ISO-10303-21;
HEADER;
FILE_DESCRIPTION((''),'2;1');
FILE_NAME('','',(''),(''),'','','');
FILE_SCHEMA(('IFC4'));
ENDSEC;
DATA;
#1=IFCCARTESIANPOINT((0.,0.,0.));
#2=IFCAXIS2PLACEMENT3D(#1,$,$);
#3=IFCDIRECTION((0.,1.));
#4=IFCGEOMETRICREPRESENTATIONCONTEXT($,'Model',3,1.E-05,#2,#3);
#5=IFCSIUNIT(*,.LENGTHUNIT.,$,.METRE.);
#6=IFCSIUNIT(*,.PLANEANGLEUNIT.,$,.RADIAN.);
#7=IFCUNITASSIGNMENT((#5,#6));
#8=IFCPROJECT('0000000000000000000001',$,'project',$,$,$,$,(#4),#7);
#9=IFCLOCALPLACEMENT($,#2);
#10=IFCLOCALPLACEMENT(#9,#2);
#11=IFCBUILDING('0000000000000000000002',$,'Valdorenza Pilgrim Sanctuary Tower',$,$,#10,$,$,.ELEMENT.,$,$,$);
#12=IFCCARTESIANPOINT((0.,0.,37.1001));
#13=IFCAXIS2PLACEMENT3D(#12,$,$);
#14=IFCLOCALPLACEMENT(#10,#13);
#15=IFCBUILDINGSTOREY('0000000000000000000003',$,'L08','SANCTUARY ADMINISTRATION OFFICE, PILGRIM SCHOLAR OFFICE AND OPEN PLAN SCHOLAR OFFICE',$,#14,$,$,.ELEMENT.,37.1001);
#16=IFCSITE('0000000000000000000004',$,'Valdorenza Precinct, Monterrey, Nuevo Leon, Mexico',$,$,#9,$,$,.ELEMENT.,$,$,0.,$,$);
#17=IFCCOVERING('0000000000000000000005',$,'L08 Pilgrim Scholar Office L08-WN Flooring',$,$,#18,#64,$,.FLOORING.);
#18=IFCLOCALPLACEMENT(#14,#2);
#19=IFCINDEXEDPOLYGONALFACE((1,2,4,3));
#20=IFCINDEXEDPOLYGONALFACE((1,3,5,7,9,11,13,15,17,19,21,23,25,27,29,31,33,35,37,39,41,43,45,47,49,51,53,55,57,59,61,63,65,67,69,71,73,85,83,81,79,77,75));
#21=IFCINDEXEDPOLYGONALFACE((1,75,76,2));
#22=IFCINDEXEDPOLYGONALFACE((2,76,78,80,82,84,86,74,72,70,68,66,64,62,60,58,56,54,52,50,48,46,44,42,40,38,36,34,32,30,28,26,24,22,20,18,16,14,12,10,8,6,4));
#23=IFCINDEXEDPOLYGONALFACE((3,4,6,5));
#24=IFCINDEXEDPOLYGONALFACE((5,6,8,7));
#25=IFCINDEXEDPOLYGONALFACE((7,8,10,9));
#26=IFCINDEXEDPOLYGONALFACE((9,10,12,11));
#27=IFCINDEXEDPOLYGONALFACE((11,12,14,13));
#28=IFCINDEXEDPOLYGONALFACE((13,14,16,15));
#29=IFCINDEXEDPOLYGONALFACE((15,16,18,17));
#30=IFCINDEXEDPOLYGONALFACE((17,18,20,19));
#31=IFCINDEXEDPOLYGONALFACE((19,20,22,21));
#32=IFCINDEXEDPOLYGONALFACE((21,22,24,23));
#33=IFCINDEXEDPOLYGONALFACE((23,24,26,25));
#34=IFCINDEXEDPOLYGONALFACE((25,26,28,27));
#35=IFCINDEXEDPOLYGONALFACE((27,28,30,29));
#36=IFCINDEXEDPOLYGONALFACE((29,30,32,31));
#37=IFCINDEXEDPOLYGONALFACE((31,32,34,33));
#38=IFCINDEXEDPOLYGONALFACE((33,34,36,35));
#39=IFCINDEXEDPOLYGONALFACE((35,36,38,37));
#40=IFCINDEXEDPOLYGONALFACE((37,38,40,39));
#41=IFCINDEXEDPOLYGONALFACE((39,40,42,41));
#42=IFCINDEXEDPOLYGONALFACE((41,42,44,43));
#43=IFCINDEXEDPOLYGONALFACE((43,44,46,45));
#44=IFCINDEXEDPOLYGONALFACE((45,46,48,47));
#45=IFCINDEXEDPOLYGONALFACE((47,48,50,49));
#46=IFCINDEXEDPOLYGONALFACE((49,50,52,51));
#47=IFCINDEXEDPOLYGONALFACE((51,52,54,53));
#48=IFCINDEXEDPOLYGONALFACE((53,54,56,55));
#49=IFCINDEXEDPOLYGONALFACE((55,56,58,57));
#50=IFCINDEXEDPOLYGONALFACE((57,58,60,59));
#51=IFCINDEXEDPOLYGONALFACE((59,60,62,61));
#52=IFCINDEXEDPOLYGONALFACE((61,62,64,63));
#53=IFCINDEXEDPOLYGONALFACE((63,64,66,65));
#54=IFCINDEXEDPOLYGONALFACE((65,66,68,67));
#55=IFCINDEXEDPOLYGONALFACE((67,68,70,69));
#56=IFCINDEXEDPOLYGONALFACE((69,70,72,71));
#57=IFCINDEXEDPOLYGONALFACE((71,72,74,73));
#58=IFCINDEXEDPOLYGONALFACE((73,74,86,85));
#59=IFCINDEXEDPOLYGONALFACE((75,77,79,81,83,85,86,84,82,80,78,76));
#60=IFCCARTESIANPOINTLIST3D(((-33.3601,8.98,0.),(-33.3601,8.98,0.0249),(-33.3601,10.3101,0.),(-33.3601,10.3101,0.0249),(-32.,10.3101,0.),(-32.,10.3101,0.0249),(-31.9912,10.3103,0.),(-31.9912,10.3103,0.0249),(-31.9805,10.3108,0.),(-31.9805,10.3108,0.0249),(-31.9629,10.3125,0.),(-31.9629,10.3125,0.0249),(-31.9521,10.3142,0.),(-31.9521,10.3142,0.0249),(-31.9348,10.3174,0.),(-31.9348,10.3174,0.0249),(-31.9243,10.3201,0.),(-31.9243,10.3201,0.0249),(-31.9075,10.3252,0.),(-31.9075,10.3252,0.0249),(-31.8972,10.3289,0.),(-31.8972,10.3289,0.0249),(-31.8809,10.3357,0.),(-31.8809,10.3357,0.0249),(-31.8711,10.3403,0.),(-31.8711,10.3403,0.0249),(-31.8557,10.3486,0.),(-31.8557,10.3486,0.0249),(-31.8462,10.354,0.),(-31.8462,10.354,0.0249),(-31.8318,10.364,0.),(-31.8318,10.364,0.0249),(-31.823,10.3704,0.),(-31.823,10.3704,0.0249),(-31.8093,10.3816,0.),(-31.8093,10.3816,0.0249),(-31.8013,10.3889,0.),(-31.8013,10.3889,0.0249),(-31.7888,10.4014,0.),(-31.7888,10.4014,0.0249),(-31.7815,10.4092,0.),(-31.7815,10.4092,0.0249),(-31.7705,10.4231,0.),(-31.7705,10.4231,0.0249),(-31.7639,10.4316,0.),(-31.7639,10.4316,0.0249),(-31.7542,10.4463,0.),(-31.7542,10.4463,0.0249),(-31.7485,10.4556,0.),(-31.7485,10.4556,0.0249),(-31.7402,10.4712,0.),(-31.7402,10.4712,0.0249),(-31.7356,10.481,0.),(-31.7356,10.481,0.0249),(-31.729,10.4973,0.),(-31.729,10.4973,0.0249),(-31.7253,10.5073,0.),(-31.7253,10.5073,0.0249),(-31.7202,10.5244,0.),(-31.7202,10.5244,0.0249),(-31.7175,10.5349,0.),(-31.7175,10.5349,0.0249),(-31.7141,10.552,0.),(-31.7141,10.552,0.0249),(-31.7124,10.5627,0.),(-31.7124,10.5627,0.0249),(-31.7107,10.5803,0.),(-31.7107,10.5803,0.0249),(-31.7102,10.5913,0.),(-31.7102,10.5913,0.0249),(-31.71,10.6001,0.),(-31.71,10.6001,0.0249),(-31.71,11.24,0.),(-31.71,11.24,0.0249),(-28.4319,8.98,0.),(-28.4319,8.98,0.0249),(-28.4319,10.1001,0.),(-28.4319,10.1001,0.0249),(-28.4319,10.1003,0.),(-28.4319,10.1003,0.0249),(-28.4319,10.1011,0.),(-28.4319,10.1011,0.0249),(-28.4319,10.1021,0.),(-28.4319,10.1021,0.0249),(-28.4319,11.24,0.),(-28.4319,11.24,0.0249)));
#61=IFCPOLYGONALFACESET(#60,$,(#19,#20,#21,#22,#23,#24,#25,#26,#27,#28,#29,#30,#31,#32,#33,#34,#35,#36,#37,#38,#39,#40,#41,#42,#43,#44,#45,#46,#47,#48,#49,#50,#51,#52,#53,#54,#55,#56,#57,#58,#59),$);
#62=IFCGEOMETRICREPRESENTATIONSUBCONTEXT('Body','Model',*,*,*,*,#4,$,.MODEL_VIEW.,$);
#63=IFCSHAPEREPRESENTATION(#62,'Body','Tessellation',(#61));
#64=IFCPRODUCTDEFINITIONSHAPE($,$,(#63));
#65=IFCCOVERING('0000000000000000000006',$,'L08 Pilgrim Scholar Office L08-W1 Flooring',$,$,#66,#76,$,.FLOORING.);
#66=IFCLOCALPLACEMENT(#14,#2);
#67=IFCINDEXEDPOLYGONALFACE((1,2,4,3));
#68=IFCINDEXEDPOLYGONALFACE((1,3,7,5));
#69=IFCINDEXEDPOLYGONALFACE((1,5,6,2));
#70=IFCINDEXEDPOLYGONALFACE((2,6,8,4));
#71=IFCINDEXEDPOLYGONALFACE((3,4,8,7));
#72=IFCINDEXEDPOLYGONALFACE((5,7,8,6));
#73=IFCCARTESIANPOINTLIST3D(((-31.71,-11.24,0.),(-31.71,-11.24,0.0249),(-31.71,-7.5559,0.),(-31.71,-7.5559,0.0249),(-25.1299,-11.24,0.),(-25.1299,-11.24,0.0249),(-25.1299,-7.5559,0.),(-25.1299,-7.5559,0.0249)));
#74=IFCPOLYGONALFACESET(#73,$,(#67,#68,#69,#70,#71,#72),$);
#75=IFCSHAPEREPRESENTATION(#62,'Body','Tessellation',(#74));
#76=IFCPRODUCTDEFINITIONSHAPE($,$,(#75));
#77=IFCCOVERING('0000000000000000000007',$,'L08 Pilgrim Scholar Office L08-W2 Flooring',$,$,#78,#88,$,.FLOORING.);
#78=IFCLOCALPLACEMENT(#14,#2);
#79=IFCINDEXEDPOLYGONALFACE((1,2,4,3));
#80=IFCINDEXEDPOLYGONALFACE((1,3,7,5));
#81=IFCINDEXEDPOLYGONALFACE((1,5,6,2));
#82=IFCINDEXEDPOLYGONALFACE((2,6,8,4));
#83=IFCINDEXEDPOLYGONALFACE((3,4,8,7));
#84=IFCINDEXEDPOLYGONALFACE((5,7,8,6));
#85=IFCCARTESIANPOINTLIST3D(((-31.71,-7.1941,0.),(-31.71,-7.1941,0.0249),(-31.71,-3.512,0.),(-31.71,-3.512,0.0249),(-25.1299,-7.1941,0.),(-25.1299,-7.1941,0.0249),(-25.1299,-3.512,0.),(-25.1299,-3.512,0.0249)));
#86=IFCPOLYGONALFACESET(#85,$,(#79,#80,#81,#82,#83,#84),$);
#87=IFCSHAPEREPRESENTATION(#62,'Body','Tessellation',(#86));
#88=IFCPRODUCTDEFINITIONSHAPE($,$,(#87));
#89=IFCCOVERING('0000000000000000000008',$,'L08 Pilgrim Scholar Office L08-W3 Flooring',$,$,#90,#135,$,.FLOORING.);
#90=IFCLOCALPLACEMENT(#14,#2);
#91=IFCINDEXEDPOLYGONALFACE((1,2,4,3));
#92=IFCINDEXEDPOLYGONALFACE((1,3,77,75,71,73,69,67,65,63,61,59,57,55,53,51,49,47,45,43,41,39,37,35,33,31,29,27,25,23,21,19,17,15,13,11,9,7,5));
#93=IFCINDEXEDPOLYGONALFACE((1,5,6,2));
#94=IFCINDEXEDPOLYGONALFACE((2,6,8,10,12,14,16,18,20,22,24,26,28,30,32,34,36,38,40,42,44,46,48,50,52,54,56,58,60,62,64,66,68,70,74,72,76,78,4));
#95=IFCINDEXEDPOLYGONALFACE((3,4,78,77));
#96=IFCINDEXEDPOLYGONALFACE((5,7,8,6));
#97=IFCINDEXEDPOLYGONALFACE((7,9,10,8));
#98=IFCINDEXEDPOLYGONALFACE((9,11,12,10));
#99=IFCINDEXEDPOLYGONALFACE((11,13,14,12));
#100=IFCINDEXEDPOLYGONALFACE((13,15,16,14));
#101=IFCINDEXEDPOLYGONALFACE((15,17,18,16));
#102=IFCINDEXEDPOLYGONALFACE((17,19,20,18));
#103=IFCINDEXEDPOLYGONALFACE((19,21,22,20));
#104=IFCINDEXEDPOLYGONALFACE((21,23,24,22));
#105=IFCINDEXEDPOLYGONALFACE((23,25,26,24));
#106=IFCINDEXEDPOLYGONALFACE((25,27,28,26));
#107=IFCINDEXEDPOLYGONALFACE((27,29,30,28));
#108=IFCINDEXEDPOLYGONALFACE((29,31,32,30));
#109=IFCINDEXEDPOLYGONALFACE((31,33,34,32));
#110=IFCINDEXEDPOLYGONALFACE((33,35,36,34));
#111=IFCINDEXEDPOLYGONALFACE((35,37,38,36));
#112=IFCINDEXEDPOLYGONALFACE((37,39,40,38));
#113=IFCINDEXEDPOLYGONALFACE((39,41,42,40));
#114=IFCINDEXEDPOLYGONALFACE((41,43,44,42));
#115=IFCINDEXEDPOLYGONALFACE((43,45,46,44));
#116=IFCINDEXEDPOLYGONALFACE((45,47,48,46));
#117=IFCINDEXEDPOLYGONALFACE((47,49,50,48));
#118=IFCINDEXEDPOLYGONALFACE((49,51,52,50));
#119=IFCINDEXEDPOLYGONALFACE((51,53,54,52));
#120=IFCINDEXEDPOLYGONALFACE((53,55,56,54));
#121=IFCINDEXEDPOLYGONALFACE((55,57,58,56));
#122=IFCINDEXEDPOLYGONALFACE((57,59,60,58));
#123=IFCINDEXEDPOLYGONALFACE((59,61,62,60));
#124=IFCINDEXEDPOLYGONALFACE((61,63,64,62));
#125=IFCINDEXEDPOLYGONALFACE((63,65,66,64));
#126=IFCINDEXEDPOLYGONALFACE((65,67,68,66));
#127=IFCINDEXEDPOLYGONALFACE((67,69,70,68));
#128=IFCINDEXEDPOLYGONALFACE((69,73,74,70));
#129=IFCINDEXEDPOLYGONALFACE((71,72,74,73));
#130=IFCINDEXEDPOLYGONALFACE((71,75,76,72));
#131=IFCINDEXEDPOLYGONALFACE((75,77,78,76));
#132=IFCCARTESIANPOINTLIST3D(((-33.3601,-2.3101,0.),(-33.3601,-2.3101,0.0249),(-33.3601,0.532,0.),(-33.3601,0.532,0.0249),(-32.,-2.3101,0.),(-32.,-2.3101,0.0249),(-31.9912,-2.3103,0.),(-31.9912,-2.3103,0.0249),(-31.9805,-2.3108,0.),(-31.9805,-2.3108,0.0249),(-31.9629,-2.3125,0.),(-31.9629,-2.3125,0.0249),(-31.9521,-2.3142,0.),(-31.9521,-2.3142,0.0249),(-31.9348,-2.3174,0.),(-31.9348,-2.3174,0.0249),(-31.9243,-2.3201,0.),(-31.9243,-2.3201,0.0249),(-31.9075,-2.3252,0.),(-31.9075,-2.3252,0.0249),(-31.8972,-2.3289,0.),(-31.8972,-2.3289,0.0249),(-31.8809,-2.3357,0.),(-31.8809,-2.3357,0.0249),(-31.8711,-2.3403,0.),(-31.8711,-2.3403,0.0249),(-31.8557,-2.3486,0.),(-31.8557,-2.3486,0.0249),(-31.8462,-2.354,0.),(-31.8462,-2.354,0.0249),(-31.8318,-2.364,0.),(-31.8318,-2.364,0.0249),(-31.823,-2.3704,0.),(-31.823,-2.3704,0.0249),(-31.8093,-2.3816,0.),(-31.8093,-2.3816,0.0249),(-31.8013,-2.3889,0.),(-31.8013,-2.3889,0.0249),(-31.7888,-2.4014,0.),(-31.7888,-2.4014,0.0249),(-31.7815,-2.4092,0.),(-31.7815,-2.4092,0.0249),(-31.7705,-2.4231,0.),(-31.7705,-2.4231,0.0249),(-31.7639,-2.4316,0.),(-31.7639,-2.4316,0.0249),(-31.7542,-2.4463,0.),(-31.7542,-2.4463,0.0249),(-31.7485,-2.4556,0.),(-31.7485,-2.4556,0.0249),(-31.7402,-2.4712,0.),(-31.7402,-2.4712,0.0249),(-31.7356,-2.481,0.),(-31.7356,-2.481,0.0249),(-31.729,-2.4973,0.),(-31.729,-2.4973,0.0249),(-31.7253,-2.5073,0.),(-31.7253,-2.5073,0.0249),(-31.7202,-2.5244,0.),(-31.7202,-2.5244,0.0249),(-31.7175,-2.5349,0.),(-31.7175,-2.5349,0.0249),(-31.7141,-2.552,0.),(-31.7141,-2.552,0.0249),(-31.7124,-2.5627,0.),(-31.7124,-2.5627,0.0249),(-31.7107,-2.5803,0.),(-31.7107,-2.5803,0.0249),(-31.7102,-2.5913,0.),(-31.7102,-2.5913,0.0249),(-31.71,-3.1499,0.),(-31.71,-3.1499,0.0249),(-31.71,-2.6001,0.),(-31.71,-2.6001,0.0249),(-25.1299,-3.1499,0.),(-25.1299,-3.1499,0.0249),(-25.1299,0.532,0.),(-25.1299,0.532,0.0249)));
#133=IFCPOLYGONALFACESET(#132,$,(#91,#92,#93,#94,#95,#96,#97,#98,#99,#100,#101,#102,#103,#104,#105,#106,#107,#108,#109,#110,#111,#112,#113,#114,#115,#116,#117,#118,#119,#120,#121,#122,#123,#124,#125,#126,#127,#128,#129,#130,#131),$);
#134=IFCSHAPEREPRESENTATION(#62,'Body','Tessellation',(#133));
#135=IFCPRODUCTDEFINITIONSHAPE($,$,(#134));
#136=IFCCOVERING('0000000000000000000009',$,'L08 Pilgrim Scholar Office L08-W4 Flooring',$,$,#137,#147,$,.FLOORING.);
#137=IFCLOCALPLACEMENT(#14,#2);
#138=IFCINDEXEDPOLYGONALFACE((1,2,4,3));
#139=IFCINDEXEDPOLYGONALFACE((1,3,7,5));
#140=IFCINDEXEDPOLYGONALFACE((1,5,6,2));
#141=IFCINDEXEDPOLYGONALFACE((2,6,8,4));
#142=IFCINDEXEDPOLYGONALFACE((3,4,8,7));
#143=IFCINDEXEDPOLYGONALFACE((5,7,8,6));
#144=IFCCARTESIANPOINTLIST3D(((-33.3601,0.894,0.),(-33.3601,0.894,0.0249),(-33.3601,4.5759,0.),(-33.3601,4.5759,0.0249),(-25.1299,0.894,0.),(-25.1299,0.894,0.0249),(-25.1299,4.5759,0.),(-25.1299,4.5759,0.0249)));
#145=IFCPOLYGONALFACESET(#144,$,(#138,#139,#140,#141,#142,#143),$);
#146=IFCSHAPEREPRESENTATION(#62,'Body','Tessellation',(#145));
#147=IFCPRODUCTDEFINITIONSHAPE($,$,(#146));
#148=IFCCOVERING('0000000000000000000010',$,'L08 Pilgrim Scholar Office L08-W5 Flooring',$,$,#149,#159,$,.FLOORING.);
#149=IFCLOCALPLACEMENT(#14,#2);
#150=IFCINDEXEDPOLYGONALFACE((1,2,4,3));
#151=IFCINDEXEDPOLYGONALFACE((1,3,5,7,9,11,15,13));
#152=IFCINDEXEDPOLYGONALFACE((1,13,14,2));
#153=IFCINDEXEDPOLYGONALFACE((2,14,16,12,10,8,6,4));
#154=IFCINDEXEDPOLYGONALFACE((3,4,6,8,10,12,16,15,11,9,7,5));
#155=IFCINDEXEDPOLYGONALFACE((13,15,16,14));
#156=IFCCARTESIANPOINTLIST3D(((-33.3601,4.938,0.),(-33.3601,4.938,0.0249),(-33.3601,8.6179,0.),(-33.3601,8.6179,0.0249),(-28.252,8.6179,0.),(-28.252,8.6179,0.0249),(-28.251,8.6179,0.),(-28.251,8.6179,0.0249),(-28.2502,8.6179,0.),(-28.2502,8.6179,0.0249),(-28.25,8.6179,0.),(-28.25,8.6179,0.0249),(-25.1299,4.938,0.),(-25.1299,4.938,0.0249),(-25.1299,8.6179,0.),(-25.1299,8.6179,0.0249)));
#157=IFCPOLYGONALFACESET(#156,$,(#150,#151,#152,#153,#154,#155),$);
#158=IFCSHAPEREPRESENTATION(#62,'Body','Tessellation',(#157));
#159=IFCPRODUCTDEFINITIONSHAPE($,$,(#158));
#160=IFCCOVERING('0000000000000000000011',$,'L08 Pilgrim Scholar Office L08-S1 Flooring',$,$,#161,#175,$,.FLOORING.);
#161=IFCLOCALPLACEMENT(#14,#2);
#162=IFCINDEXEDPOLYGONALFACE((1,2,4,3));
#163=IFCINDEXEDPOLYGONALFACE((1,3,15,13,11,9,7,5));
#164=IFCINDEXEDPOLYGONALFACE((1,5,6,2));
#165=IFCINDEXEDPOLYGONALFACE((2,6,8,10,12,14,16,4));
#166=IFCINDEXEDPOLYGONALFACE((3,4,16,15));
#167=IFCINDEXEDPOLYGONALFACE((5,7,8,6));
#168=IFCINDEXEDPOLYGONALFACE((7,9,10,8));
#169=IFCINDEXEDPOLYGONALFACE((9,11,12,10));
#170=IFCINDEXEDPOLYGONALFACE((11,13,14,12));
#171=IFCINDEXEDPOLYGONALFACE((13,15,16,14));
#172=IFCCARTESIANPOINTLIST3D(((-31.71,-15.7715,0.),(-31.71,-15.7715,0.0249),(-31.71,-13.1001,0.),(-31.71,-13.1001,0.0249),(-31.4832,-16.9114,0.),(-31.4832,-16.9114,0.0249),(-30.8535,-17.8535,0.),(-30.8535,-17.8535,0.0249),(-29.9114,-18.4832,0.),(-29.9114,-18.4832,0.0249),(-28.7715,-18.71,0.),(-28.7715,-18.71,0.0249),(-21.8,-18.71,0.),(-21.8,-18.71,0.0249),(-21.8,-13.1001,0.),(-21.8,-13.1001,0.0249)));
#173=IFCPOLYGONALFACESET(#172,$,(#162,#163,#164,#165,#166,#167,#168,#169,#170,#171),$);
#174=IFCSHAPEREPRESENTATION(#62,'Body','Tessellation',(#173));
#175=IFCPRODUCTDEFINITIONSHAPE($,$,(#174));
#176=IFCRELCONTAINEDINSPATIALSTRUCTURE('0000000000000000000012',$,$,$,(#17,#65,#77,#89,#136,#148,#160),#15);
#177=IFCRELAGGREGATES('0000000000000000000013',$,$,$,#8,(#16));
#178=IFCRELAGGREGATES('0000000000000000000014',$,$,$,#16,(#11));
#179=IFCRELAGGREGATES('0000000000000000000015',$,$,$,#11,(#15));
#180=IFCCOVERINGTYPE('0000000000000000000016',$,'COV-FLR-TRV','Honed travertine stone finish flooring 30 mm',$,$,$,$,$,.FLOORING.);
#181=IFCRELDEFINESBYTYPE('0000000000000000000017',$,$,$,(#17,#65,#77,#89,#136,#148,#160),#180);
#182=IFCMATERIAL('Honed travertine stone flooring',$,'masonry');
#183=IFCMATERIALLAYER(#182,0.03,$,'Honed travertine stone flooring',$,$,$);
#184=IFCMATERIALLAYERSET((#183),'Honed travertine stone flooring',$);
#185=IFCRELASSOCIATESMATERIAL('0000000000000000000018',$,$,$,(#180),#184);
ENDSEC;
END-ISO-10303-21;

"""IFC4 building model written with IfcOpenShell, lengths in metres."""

from ifc_helpers import new_model, si_unit, direction, frame, origin, place, context, subcontext, project, spatial, polyline, outline, extrude, material, layer, layer_set, type_object, element, save


model = new_model("IFC4")

# Units and contexts
model_context = context("Model", 3, precision=1e-05, world=origin(), true_north=direction((0.0, 1.0)))
body_context = subcontext(model_context, "Body", "Model", "MODEL_VIEW")
ifc_project = project(units=[si_unit("LENGTHUNIT", "METRE"), si_unit("PLANEANGLEUNIT", "RADIAN")], contexts=[model_context])

# Site, building, storey
site_placement = place(None, origin())
site = spatial("IfcSite", under=ifc_project, at=site_placement, Name="Valdorenza Precinct, Monterrey, Nuevo Leon, Mexico", CompositionType="ELEMENT", RefElevation=0.0)
building_placement = place(site_placement, origin())
building = spatial("IfcBuilding", under=site, at=building_placement, Name="Valdorenza Pilgrim Sanctuary Tower", CompositionType="ELEMENT")
storey_placement = place(building_placement, frame((0.0, 0.0, 37.1001)))
storey = spatial("IfcBuildingStorey", under=building, at=storey_placement, Name="L08", Description="SANCTUARY ADMINISTRATION OFFICE, PILGRIM SCHOLAR OFFICE AND OPEN PLAN SCHOLAR OFFICE", CompositionType="ELEMENT", Elevation=37.1001)

# Coverings
ifc_material_1 = material(Name="Honed travertine stone flooring", Category="masonry")
ifc_layer_1 = layer(ifc_material_1, 0.03, Name="Honed travertine stone flooring")
ifc_layer_set_1 = layer_set([ifc_layer_1], Name="Honed travertine stone flooring")
covering_type_1 = type_object("IfcCoveringType", Name="COV-FLR-TRV", Description="Honed travertine stone finish flooring 30 mm", PredefinedType="FLOORING", material=ifc_layer_set_1)
covering_1_placement = place(storey_placement, origin())
element("IfcCovering", 1, at=covering_1_placement, inside=storey, type_object=covering_type_1, Name="L08 Pilgrim Scholar Office L08-WN Flooring", PredefinedType="FLOORING", context=body_context, shape_type="SweptSolid", body=[
    extrude(outline(polyline([(-28.4319, 11.24), (-28.4319, 10.1021), (-28.4319, 10.1011), (-28.4319, 10.1003), (-28.4319, 10.1001), (-28.4319, 8.98), (-33.3601, 8.98), (-33.3601, 10.3101), (-32.0, 10.3101), (-31.9912, 10.3103), (-31.9805, 10.3108), (-31.9629, 10.3125), (-31.9521, 10.3142), (-31.9348, 10.3174), (-31.9243, 10.3201), (-31.9075, 10.3252), (-31.8972, 10.3289), (-31.8809, 10.3357), (-31.8711, 10.3403), (-31.8557, 10.3486), (-31.8462, 10.354), (-31.8318, 10.364), (-31.823, 10.3704), (-31.8093, 10.3816), (-31.8013, 10.3889), (-31.7888, 10.4014), (-31.7815, 10.4092), (-31.7705, 10.4231), (-31.7639, 10.4316), (-31.7542, 10.4463), (-31.7485, 10.4556), (-31.7402, 10.4712), (-31.7356, 10.481), (-31.729, 10.4973), (-31.7253, 10.5073), (-31.7202, 10.5244), (-31.7175, 10.5349), (-31.7141, 10.552), (-31.7124, 10.5627), (-31.7107, 10.5803), (-31.7102, 10.5913), (-31.71, 10.6001), (-31.71, 11.24), (-28.4319, 11.24)])), origin(), (0.0, 0.0, 1.0), 0.0249),
])
covering_2_placement = place(storey_placement, origin())
element("IfcCovering", 2, at=covering_2_placement, inside=storey, type_object=covering_type_1, Name="L08 Pilgrim Scholar Office L08-W1 Flooring", PredefinedType="FLOORING", context=body_context, shape_type="SweptSolid", body=[
    extrude(outline(polyline([(-25.1299, -11.24), (-31.71, -11.24), (-31.71, -7.5559), (-25.1299, -7.5559), (-25.1299, -11.24)])), origin(), (0.0, 0.0, 1.0), 0.0249),
])
covering_3_placement = place(storey_placement, origin())
element("IfcCovering", 3, at=covering_3_placement, inside=storey, type_object=covering_type_1, Name="L08 Pilgrim Scholar Office L08-W2 Flooring", PredefinedType="FLOORING", context=body_context, shape_type="SweptSolid", body=[
    extrude(outline(polyline([(-25.1299, -7.1941), (-31.71, -7.1941), (-31.71, -3.512), (-25.1299, -3.512), (-25.1299, -7.1941)])), origin(), (0.0, 0.0, 1.0), 0.0249),
])
covering_4_placement = place(storey_placement, origin())
element("IfcCovering", 4, at=covering_4_placement, inside=storey, type_object=covering_type_1, Name="L08 Pilgrim Scholar Office L08-W3 Flooring", PredefinedType="FLOORING", context=body_context, shape_type="SweptSolid", body=[
    extrude(outline(polyline([(-25.1299, -3.1499), (-31.71, -3.1499), (-31.71, -2.6001), (-31.7102, -2.5913), (-31.7107, -2.5803), (-31.7124, -2.5627), (-31.7141, -2.552), (-31.7175, -2.5349), (-31.7202, -2.5244), (-31.7253, -2.5073), (-31.729, -2.4973), (-31.7356, -2.481), (-31.7402, -2.4712), (-31.7485, -2.4556), (-31.7542, -2.4463), (-31.7639, -2.4316), (-31.7705, -2.4231), (-31.7815, -2.4092), (-31.7888, -2.4014), (-31.8013, -2.3889), (-31.8093, -2.3816), (-31.823, -2.3704), (-31.8318, -2.364), (-31.8462, -2.354), (-31.8557, -2.3486), (-31.8711, -2.3403), (-31.8809, -2.3357), (-31.8972, -2.3289), (-31.9075, -2.3252), (-31.9243, -2.3201), (-31.9348, -2.3174), (-31.9521, -2.3142), (-31.9629, -2.3125), (-31.9805, -2.3108), (-31.9912, -2.3103), (-32.0, -2.3101), (-33.3601, -2.3101), (-33.3601, 0.532), (-25.1299, 0.532), (-25.1299, -3.1499)])), origin(), (0.0, 0.0, 1.0), 0.0249),
])
covering_5_placement = place(storey_placement, origin())
element("IfcCovering", 5, at=covering_5_placement, inside=storey, type_object=covering_type_1, Name="L08 Pilgrim Scholar Office L08-W4 Flooring", PredefinedType="FLOORING", context=body_context, shape_type="SweptSolid", body=[
    extrude(outline(polyline([(-25.1299, 0.894), (-33.3601, 0.894), (-33.3601, 4.5759), (-25.1299, 4.5759), (-25.1299, 0.894)])), origin(), (0.0, 0.0, 1.0), 0.0249),
])
covering_6_placement = place(storey_placement, origin())
element("IfcCovering", 6, at=covering_6_placement, inside=storey, type_object=covering_type_1, Name="L08 Pilgrim Scholar Office L08-W5 Flooring", PredefinedType="FLOORING", context=body_context, shape_type="SweptSolid", body=[
    extrude(outline(polyline([(-28.2502, 8.6179), (-28.25, 8.6179), (-25.1299, 8.6179), (-25.1299, 4.938), (-33.3601, 4.938), (-33.3601, 8.6179), (-28.252, 8.6179), (-28.251, 8.6179), (-28.2502, 8.6179)])), origin(), (0.0, 0.0, 1.0), 0.0249),
])
covering_7_placement = place(storey_placement, origin())
element("IfcCovering", 7, at=covering_7_placement, inside=storey, type_object=covering_type_1, Name="L08 Pilgrim Scholar Office L08-S1 Flooring", PredefinedType="FLOORING", context=body_context, shape_type="SweptSolid", body=[
    extrude(outline(polyline([(-21.8, -18.71), (-28.7715, -18.71), (-29.9114, -18.4832), (-30.8535, -17.8535), (-31.4832, -16.9114), (-31.71, -15.7715), (-31.71, -13.1001), (-21.8, -13.1001), (-21.8, -18.71)])), origin(), (0.0, 0.0, 1.0), 0.0249),
])

save(model, "model.ifc")
